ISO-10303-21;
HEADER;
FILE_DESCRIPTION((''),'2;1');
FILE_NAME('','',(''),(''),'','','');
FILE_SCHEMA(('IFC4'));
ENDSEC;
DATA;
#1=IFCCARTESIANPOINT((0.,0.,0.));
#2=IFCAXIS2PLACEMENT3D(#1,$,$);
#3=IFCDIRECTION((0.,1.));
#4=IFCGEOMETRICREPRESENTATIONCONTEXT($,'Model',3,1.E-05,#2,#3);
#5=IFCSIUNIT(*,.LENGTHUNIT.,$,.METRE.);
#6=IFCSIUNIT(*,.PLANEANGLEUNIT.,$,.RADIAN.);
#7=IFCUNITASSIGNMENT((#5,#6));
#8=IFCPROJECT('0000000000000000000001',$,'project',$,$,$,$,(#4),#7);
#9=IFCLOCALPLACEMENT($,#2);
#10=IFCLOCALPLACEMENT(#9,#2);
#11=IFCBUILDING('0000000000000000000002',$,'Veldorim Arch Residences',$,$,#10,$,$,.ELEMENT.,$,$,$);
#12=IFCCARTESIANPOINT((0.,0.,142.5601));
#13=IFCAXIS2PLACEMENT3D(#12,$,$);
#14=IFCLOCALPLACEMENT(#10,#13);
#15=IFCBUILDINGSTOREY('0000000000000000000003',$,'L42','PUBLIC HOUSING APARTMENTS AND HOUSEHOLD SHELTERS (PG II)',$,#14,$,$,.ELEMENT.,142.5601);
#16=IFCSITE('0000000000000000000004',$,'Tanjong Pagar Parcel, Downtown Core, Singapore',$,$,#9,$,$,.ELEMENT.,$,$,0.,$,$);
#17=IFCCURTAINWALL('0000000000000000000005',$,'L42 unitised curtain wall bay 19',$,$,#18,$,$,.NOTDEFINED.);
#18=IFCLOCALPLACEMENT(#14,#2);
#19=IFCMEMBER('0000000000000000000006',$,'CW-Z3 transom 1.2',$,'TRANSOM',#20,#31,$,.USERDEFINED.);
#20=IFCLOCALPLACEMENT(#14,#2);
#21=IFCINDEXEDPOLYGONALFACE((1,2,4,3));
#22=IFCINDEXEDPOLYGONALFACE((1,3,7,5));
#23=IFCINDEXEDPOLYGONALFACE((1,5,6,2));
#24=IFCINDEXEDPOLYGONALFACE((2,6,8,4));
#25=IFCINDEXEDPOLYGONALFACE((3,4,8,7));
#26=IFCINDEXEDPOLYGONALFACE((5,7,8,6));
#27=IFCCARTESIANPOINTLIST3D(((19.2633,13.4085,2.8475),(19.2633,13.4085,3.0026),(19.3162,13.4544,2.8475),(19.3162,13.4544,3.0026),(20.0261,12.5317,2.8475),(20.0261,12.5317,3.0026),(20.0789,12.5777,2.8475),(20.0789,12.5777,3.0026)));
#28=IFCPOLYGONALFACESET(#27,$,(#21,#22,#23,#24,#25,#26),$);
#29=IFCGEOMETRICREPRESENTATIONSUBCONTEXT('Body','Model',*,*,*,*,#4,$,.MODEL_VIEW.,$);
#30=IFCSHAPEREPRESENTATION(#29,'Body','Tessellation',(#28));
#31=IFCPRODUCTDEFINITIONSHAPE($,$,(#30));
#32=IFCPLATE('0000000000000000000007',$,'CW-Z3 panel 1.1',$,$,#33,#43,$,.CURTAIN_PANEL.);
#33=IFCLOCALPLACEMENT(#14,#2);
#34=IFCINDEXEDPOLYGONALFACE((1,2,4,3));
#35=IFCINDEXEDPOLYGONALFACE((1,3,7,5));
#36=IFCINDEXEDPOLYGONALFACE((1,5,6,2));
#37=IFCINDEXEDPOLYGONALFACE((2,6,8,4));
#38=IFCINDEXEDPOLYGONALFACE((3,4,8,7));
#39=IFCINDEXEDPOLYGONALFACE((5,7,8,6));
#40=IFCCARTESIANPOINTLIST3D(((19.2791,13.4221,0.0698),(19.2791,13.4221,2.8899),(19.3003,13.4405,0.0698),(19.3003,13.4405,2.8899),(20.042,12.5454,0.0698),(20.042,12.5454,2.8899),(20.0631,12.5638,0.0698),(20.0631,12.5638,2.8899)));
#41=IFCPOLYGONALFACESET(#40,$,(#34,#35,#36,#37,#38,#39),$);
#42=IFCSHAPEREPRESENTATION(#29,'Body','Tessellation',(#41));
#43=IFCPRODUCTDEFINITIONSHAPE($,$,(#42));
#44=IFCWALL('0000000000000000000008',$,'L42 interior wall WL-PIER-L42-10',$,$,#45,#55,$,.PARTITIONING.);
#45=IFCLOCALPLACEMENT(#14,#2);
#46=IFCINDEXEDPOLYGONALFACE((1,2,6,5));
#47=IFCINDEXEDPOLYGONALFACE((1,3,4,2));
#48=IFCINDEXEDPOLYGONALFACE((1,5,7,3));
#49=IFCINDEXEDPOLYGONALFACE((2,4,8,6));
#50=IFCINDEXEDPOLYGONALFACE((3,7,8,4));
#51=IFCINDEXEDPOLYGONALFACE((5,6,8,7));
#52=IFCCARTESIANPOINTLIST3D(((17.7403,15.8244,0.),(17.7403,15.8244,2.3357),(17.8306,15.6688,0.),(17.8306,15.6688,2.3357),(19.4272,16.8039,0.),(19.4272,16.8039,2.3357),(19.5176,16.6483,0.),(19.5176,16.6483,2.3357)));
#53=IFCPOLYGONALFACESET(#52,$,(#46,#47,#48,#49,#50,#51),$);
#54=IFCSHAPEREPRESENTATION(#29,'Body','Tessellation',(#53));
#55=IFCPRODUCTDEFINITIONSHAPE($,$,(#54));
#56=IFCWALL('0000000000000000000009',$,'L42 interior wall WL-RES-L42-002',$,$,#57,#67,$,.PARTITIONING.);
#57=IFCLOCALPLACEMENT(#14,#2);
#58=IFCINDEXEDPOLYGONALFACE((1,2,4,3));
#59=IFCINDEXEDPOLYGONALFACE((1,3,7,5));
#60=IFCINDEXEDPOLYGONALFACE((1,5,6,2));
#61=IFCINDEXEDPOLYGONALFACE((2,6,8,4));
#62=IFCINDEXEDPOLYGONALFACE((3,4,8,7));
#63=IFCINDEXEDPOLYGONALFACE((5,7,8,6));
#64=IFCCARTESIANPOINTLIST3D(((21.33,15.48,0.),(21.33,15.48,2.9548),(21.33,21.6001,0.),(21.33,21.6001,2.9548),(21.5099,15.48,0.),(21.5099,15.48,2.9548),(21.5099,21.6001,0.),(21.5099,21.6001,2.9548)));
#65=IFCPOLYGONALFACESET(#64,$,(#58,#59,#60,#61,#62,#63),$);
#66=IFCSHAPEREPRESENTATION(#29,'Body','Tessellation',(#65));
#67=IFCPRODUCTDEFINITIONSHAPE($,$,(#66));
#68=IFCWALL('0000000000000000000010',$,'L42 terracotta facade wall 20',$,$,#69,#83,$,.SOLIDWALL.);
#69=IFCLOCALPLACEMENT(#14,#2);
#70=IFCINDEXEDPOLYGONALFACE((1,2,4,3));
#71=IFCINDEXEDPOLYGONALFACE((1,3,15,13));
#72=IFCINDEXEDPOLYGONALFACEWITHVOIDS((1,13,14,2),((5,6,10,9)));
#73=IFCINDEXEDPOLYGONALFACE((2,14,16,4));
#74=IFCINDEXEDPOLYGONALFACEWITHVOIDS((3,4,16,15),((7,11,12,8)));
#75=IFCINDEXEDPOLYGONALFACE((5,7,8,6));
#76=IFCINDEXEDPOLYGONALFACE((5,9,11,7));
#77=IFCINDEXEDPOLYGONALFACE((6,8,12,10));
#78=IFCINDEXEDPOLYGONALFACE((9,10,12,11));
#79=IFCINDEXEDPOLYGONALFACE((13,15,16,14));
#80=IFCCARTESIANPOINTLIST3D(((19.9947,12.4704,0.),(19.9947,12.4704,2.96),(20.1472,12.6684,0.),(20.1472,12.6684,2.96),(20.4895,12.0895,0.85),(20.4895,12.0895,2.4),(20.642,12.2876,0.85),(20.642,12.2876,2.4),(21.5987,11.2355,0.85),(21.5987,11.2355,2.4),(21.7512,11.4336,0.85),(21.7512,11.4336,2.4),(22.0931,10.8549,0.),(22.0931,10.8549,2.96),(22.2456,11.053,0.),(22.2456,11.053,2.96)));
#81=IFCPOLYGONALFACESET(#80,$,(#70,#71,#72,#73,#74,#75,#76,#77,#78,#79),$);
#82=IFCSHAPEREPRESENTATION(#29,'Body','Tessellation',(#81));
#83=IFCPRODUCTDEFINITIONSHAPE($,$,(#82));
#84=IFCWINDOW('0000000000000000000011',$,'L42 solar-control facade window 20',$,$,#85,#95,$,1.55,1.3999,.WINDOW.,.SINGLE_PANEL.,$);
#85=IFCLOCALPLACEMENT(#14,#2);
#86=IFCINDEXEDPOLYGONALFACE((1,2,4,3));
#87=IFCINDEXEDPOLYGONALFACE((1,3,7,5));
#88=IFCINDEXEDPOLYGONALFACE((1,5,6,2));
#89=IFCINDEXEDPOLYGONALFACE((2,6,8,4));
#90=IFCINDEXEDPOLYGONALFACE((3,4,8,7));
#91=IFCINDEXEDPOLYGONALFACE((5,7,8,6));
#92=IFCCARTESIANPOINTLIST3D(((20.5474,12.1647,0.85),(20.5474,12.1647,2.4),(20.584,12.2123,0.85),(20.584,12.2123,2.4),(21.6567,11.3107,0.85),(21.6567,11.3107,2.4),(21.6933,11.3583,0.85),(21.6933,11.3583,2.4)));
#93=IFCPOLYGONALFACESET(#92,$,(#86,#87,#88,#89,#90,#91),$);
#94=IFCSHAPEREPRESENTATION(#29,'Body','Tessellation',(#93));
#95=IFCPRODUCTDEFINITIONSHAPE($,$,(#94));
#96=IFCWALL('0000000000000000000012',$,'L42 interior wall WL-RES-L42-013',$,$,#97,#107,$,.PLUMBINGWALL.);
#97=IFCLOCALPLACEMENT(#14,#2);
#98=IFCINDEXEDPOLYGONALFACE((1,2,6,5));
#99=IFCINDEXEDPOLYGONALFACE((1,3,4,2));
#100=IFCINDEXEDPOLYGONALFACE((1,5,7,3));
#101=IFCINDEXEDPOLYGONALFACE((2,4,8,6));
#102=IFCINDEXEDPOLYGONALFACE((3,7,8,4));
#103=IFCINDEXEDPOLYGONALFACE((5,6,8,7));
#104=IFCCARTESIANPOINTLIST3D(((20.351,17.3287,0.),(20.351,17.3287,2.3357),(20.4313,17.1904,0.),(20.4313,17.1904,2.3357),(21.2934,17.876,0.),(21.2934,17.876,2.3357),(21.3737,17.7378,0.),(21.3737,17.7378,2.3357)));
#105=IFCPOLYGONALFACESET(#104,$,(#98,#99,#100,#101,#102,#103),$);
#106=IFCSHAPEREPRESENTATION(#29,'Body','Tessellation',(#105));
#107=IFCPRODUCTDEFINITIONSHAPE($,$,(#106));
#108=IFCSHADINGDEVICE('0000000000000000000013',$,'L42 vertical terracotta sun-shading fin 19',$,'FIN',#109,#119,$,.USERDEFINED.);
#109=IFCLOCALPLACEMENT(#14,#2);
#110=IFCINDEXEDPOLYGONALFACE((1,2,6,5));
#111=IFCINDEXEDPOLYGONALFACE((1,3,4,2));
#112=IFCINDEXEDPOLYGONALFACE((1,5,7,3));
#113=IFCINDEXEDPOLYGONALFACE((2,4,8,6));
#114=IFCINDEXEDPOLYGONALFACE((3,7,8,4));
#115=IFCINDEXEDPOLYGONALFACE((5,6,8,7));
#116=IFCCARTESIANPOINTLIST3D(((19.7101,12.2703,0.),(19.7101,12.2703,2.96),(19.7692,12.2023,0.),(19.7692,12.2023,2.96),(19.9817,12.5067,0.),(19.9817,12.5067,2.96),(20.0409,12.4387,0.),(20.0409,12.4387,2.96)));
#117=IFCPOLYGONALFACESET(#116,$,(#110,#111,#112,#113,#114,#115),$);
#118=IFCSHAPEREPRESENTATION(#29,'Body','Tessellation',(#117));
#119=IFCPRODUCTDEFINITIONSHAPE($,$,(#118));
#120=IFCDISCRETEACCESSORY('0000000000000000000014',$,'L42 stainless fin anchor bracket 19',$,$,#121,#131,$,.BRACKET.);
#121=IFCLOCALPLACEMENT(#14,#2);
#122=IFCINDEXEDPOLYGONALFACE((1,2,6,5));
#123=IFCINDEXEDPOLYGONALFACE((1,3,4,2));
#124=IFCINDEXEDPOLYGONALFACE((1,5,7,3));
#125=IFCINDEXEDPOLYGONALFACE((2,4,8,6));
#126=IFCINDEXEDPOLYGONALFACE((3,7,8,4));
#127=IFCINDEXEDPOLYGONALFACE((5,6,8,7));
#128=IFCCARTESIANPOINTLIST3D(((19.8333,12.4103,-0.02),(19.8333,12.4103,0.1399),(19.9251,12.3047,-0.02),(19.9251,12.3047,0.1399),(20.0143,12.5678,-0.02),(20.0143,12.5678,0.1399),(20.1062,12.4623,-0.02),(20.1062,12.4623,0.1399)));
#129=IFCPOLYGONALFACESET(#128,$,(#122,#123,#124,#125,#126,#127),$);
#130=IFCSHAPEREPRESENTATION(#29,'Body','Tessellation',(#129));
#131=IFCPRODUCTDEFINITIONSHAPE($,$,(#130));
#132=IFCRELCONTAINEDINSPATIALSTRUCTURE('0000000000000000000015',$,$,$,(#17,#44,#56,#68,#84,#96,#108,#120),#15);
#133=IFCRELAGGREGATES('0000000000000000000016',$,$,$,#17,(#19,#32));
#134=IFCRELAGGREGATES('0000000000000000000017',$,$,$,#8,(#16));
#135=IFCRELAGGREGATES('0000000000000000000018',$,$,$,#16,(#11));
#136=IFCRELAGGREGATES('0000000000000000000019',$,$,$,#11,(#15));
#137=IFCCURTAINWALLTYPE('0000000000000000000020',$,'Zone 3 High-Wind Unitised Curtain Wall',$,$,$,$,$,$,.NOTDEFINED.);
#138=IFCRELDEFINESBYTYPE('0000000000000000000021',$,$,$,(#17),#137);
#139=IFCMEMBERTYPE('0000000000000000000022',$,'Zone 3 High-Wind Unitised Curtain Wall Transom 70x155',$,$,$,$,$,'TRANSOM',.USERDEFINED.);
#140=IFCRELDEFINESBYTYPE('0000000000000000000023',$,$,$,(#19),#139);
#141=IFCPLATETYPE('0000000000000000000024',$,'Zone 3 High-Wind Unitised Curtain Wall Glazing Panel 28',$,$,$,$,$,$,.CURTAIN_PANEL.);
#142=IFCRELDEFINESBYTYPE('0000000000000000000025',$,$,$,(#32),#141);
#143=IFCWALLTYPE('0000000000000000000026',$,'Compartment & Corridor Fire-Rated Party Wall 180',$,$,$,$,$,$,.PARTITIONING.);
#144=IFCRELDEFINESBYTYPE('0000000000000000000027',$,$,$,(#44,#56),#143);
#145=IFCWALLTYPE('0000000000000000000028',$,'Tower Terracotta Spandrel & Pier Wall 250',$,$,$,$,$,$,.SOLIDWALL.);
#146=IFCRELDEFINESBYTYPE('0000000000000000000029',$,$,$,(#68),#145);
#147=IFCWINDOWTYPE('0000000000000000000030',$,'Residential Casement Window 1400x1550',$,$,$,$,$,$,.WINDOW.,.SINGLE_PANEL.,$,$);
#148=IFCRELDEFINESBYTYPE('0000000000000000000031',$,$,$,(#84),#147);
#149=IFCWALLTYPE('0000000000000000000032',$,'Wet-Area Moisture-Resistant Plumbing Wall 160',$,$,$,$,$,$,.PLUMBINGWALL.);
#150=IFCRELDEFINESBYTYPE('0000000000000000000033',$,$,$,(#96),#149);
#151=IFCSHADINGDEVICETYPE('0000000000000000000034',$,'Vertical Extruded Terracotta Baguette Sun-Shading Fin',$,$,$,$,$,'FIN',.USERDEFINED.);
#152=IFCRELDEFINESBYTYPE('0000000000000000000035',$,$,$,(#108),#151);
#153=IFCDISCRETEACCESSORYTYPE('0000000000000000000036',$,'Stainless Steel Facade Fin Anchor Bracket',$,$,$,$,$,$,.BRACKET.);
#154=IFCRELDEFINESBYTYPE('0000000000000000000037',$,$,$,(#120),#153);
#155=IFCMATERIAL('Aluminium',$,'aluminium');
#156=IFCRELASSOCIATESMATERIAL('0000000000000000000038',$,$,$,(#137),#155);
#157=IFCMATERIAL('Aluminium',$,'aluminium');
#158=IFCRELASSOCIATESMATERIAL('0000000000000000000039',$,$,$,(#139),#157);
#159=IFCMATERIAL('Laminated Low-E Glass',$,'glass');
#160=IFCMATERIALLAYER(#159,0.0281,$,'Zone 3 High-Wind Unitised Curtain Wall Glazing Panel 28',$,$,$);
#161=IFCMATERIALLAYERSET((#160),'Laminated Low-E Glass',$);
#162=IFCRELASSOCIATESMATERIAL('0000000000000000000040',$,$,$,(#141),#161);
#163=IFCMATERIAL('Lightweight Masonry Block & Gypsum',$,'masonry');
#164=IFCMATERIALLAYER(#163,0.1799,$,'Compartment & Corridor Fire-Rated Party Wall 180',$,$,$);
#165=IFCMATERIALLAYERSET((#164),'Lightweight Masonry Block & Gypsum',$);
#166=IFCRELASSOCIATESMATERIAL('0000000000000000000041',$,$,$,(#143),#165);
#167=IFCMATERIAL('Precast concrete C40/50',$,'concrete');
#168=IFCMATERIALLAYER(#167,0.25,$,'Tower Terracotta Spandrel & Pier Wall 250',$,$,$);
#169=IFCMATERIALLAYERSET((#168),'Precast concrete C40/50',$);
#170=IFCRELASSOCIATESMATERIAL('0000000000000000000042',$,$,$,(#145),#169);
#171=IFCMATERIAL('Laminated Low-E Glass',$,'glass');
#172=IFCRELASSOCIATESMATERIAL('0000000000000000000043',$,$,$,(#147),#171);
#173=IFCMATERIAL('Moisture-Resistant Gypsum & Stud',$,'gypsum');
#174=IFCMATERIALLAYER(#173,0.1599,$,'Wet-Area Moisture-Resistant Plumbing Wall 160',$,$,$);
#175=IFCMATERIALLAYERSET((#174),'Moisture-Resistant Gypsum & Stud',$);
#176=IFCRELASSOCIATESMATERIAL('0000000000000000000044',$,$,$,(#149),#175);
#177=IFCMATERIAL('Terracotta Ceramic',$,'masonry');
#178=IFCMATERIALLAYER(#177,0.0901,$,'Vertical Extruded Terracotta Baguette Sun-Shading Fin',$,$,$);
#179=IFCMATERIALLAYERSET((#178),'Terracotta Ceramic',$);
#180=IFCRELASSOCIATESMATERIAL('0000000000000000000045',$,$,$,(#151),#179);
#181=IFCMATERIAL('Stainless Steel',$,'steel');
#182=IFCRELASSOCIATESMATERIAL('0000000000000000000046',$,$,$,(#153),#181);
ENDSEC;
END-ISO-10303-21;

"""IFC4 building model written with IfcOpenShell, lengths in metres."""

from ifc_helpers import new_model, si_unit, direction, frame, frame_2d, origin, origin_2d, place, context, subcontext, project, spatial, rectangle, extrude, material, layer, layer_set, material_profile, profile_set, type_object, element, fill, aggregate, save


model = new_model("IFC4")

# Units and contexts
model_context = context("Model", 3, precision=1e-05, world=origin(), true_north=direction((0.0, 1.0)))
body_context = subcontext(model_context, "Body", "Model", "MODEL_VIEW")
ifc_project = project(units=[si_unit("LENGTHUNIT", "METRE"), si_unit("PLANEANGLEUNIT", "RADIAN")], contexts=[model_context])

# Site, building, storey
site_placement = place(None, origin())
site = spatial("IfcSite", under=ifc_project, at=site_placement, Name="Tanjong Pagar Parcel, Downtown Core, Singapore", CompositionType="ELEMENT", RefElevation=0.0)
building_placement = place(site_placement, origin())
building = spatial("IfcBuilding", under=site, at=building_placement, Name="Veldorim Arch Residences", CompositionType="ELEMENT")
storey_placement = place(building_placement, frame((0.0, 0.0, 142.5601)))
storey = spatial("IfcBuildingStorey", under=building, at=storey_placement, Name="L42", Description="PUBLIC HOUSING APARTMENTS AND HOUSEHOLD SHELTERS (PG II)", CompositionType="ELEMENT", Elevation=142.5601)

# Curtain wall, member, plate
ifc_material_1 = material(Name="Aluminium", Category="aluminium")
curtain_wall_type = type_object("IfcCurtainWallType", Name="Zone 3 High-Wind Unitised Curtain Wall", PredefinedType="NOTDEFINED", material=ifc_material_1)
curtain_wall_placement = place(storey_placement, origin())
curtain_wall = element("IfcCurtainWall", 1, at=curtain_wall_placement, inside=storey, type_object=curtain_wall_type, Name="L42 unitised curtain wall bay 19", PredefinedType="NOTDEFINED")
ifc_material_2 = material(Name="Aluminium", Category="aluminium")
ifc_material_profile_1 = material_profile(ifc_material_2, rectangle(XDim=0.0701, YDim=0.155, at=origin_2d()), Name="ALU_TRN_70x155")
ifc_profile_set_1 = profile_set([ifc_material_profile_1], Name="Aluminium")
member_type_1 = type_object("IfcMemberType", Name="Zone 3 High-Wind Unitised Curtain Wall Transom 70x155", ElementType="TRANSOM", PredefinedType="USERDEFINED", material=ifc_profile_set_1)
member_1_placement = place(storey_placement, frame((20.0525, 12.5547, 2.925), z_axis=(-0.656345, 0.754461, 0.0), x_axis=(-0.754461, -0.656345, 0.0)))
member_1 = element("IfcMember", 2, at=member_1_placement, type_object=member_type_1, Name="CW-Z3 transom 1.2", ObjectType="TRANSOM", PredefinedType="USERDEFINED", context=body_context, shape_type="SweptSolid", body=[
    extrude(rectangle(XDim=0.0701, YDim=0.155, at=origin_2d()), origin(), (0.0, 0.0, 1.0), 1.1621),
])
ifc_material_3 = material(Name="Laminated Low-E Glass", Category="glass")
ifc_layer_1 = layer(ifc_material_3, 0.0281, Name="Zone 3 High-Wind Unitised Curtain Wall Glazing Panel 28")
ifc_layer_set_1 = layer_set([ifc_layer_1], Name="Laminated Low-E Glass")
plate_type = type_object("IfcPlateType", Name="Zone 3 High-Wind Unitised Curtain Wall Glazing Panel 28", PredefinedType="CURTAIN_PANEL", material=ifc_layer_set_1)
plate_placement = place(storey_placement, frame((19.6711, 12.9929, 0.0698), z_axis=(0.0, 0.0, 1.0), x_axis=(-0.656415, 0.7544, 0.0)))
plate = element("IfcPlate", 3, at=plate_placement, type_object=plate_type, Name="CW-Z3 panel 1.1", PredefinedType="CURTAIN_PANEL", context=body_context, shape_type="SweptSolid", body=[
    extrude(rectangle(XDim=1.1621, YDim=0.0281, at=origin_2d()), origin(), (0.0, 0.0, 1.0), 2.8201),
])
aggregate(curtain_wall, [member_1, plate])

# Walls
ifc_material_4 = material(Name="Lightweight Masonry Block & Gypsum", Category="masonry")
ifc_layer_2 = layer(ifc_material_4, 0.1799, Name="Compartment & Corridor Fire-Rated Party Wall 180")
ifc_layer_set_2 = layer_set([ifc_layer_2], Name="Lightweight Masonry Block & Gypsum")
wall_type_1 = type_object("IfcWallType", Name="Compartment & Corridor Fire-Rated Party Wall 180", PredefinedType="PARTITIONING", material=ifc_layer_set_2)
wall_1_placement = place(storey_placement, frame((19.4724, 16.7261, 0.0), z_axis=(0.0, 0.0, 1.0), x_axis=(-0.864803, -0.502111, 0.0)))
element("IfcWall", 4, at=wall_1_placement, inside=storey, type_object=wall_type_1, Name="L42 interior wall WL-PIER-L42-10", PredefinedType="PARTITIONING", context=body_context, shape_type="SweptSolid", body=[
    extrude(rectangle(XDim=1.9507, YDim=0.1799, at=frame_2d((0.9753, 0.0))), origin(), (0.0, 0.0, 1.0), 2.3357),
])
wall_2_placement = place(storey_placement, frame((21.4199, 15.48, 0.0), z_axis=(0.0, 0.0, 1.0), x_axis=(0.0, 1.0, 0.0)))
element("IfcWall", 5, at=wall_2_placement, inside=storey, type_object=wall_type_1, Name="L42 interior wall WL-RES-L42-002", PredefinedType="PARTITIONING", context=body_context, shape_type="SweptSolid", body=[
    extrude(rectangle(XDim=6.1201, YDim=0.1799, at=frame_2d((3.0601, 0.0))), origin(), (0.0, 0.0, 1.0), 2.9548),
])

# Wall, opening, window
ifc_material_5 = material(Name="Precast concrete C40/50", Category="concrete")
ifc_layer_3 = layer(ifc_material_5, 0.25, Name="Tower Terracotta Spandrel & Pier Wall 250")
ifc_layer_set_3 = layer_set([ifc_layer_3], Name="Precast concrete C40/50")
wall_type_2 = type_object("IfcWallType", Name="Tower Terracotta Spandrel & Pier Wall 250", PredefinedType="SOLIDWALL", material=ifc_layer_set_3)
wall_3_placement = place(storey_placement, frame((22.1694, 10.9539, 0.0), z_axis=(0.0, 0.0, 1.0), x_axis=(-0.792381, 0.610027, 0.0)))
wall_3 = element("IfcWall", 6, at=wall_3_placement, inside=storey, type_object=wall_type_2, Name="L42 terracotta facade wall 20", PredefinedType="SOLIDWALL", context=body_context, shape_type="SweptSolid", body=[
    extrude(rectangle(XDim=2.6482, YDim=0.25, at=frame_2d((1.3242, 0.0))), origin(), (0.0, 0.0, 1.0), 2.96),
])
opening_1_placement = place(wall_3_placement, frame((0.624, 0.0, 0.8501)))
opening_1 = element("IfcOpeningElement", 7, at=opening_1_placement, cuts=wall_3, PredefinedType="OPENING", context=body_context, shape_type="SweptSolid", body=[
    extrude(rectangle(XDim=1.3999, YDim=1.55, at=frame_2d((0.7, 0.7749))), frame((0.0, 0.135, 0.0), z_axis=(0.0, -1.0, 0.0), x_axis=(1.0, 0.0, 0.0)), (0.0, 0.0, 1.0), 0.27),
])
ifc_material_6 = material(Name="Laminated Low-E Glass", Category="glass")
window_type = type_object("IfcWindowType", Name="Residential Casement Window 1400x1550", PartitioningType="SINGLE_PANEL", PredefinedType="WINDOW", material=ifc_material_6)
window_placement = place(opening_1_placement, origin())
window = element("IfcWindow", 8, at=window_placement, inside=storey, type_object=window_type, Name="L42 solar-control facade window 20", OverallHeight=1.55, OverallWidth=1.3999, PartitioningType="SINGLE_PANEL", PredefinedType="WINDOW", context=body_context, shape_type="SweptSolid", body=[
    extrude(rectangle(XDim=1.3999, YDim=1.55, at=frame_2d((0.7, 0.7749))), frame((0.0, 0.03, 0.0), z_axis=(0.0, -1.0, 0.0), x_axis=(1.0, 0.0, 0.0)), (0.0, 0.0, 1.0), 0.0601),
])
fill(opening_1, window)

# Wall
ifc_material_7 = material(Name="Moisture-Resistant Gypsum & Stud", Category="gypsum")
ifc_layer_4 = layer(ifc_material_7, 0.1599, Name="Wet-Area Moisture-Resistant Plumbing Wall 160")
ifc_layer_set_4 = layer_set([ifc_layer_4], Name="Moisture-Resistant Gypsum & Stud")
wall_type_3 = type_object("IfcWallType", Name="Wet-Area Moisture-Resistant Plumbing Wall 160", PredefinedType="PLUMBINGWALL", material=ifc_layer_set_4)
wall_4_placement = place(storey_placement, frame((20.3911, 17.2595, 0.0), z_axis=(0.0, 0.0, 1.0), x_axis=(0.86472, 0.502254, 0.0)))
element("IfcWall", 9, at=wall_4_placement, inside=storey, type_object=wall_type_3, Name="L42 interior wall WL-RES-L42-013", PredefinedType="PLUMBINGWALL", context=body_context, shape_type="SweptSolid", body=[
    extrude(rectangle(XDim=1.0898, YDim=0.1599, at=frame_2d((0.5449, 0.0))), origin(), (0.0, 0.0, 1.0), 2.3357),
])

# Shading device
ifc_material_8 = material(Name="Terracotta Ceramic", Category="masonry")
ifc_layer_5 = layer(ifc_material_8, 0.0901, Name="Vertical Extruded Terracotta Baguette Sun-Shading Fin")
ifc_layer_set_5 = layer_set([ifc_layer_5], Name="Terracotta Ceramic")
shading_device_type = type_object("IfcShadingDeviceType", Name="Vertical Extruded Terracotta Baguette Sun-Shading Fin", ElementType="FIN", PredefinedType="USERDEFINED", material=ifc_layer_set_5)
shading_device_placement = place(storey_placement, frame((19.8755, 12.3545, 0.0), z_axis=(0.0, 0.0, 1.0), x_axis=(-0.656454, 0.754366, 0.0)))
element("IfcShadingDevice", 10, at=shading_device_placement, inside=storey, type_object=shading_device_type, Name="L42 vertical terracotta sun-shading fin 19", ObjectType="FIN", PredefinedType="USERDEFINED", context=body_context, shape_type="SweptSolid", body=[
    extrude(rectangle(XDim=0.0901, YDim=0.3601, at=origin_2d()), origin(), (0.0, 0.0, 1.0), 2.96),
])

# Discrete accessory
ifc_material_9 = material(Name="Stainless Steel", Category="steel")
discrete_accessory_type = type_object("IfcDiscreteAccessoryType", Name="Stainless Steel Facade Fin Anchor Bracket", PredefinedType="BRACKET", material=ifc_material_9)
discrete_accessory_placement = place(storey_placement, frame((19.9697, 12.4363, -0.02), z_axis=(0.0, 0.0, 1.0), x_axis=(-0.656454, 0.754366, 0.0)))
element("IfcDiscreteAccessory", 11, at=discrete_accessory_placement, inside=storey, type_object=discrete_accessory_type, Name="L42 stainless fin anchor bracket 19", PredefinedType="BRACKET", context=body_context, shape_type="SweptSolid", body=[
    extrude(rectangle(XDim=0.1399, YDim=0.24, at=origin_2d()), origin(), (0.0, 0.0, 1.0), 0.1599),
])

save(model, "model.ifc")
